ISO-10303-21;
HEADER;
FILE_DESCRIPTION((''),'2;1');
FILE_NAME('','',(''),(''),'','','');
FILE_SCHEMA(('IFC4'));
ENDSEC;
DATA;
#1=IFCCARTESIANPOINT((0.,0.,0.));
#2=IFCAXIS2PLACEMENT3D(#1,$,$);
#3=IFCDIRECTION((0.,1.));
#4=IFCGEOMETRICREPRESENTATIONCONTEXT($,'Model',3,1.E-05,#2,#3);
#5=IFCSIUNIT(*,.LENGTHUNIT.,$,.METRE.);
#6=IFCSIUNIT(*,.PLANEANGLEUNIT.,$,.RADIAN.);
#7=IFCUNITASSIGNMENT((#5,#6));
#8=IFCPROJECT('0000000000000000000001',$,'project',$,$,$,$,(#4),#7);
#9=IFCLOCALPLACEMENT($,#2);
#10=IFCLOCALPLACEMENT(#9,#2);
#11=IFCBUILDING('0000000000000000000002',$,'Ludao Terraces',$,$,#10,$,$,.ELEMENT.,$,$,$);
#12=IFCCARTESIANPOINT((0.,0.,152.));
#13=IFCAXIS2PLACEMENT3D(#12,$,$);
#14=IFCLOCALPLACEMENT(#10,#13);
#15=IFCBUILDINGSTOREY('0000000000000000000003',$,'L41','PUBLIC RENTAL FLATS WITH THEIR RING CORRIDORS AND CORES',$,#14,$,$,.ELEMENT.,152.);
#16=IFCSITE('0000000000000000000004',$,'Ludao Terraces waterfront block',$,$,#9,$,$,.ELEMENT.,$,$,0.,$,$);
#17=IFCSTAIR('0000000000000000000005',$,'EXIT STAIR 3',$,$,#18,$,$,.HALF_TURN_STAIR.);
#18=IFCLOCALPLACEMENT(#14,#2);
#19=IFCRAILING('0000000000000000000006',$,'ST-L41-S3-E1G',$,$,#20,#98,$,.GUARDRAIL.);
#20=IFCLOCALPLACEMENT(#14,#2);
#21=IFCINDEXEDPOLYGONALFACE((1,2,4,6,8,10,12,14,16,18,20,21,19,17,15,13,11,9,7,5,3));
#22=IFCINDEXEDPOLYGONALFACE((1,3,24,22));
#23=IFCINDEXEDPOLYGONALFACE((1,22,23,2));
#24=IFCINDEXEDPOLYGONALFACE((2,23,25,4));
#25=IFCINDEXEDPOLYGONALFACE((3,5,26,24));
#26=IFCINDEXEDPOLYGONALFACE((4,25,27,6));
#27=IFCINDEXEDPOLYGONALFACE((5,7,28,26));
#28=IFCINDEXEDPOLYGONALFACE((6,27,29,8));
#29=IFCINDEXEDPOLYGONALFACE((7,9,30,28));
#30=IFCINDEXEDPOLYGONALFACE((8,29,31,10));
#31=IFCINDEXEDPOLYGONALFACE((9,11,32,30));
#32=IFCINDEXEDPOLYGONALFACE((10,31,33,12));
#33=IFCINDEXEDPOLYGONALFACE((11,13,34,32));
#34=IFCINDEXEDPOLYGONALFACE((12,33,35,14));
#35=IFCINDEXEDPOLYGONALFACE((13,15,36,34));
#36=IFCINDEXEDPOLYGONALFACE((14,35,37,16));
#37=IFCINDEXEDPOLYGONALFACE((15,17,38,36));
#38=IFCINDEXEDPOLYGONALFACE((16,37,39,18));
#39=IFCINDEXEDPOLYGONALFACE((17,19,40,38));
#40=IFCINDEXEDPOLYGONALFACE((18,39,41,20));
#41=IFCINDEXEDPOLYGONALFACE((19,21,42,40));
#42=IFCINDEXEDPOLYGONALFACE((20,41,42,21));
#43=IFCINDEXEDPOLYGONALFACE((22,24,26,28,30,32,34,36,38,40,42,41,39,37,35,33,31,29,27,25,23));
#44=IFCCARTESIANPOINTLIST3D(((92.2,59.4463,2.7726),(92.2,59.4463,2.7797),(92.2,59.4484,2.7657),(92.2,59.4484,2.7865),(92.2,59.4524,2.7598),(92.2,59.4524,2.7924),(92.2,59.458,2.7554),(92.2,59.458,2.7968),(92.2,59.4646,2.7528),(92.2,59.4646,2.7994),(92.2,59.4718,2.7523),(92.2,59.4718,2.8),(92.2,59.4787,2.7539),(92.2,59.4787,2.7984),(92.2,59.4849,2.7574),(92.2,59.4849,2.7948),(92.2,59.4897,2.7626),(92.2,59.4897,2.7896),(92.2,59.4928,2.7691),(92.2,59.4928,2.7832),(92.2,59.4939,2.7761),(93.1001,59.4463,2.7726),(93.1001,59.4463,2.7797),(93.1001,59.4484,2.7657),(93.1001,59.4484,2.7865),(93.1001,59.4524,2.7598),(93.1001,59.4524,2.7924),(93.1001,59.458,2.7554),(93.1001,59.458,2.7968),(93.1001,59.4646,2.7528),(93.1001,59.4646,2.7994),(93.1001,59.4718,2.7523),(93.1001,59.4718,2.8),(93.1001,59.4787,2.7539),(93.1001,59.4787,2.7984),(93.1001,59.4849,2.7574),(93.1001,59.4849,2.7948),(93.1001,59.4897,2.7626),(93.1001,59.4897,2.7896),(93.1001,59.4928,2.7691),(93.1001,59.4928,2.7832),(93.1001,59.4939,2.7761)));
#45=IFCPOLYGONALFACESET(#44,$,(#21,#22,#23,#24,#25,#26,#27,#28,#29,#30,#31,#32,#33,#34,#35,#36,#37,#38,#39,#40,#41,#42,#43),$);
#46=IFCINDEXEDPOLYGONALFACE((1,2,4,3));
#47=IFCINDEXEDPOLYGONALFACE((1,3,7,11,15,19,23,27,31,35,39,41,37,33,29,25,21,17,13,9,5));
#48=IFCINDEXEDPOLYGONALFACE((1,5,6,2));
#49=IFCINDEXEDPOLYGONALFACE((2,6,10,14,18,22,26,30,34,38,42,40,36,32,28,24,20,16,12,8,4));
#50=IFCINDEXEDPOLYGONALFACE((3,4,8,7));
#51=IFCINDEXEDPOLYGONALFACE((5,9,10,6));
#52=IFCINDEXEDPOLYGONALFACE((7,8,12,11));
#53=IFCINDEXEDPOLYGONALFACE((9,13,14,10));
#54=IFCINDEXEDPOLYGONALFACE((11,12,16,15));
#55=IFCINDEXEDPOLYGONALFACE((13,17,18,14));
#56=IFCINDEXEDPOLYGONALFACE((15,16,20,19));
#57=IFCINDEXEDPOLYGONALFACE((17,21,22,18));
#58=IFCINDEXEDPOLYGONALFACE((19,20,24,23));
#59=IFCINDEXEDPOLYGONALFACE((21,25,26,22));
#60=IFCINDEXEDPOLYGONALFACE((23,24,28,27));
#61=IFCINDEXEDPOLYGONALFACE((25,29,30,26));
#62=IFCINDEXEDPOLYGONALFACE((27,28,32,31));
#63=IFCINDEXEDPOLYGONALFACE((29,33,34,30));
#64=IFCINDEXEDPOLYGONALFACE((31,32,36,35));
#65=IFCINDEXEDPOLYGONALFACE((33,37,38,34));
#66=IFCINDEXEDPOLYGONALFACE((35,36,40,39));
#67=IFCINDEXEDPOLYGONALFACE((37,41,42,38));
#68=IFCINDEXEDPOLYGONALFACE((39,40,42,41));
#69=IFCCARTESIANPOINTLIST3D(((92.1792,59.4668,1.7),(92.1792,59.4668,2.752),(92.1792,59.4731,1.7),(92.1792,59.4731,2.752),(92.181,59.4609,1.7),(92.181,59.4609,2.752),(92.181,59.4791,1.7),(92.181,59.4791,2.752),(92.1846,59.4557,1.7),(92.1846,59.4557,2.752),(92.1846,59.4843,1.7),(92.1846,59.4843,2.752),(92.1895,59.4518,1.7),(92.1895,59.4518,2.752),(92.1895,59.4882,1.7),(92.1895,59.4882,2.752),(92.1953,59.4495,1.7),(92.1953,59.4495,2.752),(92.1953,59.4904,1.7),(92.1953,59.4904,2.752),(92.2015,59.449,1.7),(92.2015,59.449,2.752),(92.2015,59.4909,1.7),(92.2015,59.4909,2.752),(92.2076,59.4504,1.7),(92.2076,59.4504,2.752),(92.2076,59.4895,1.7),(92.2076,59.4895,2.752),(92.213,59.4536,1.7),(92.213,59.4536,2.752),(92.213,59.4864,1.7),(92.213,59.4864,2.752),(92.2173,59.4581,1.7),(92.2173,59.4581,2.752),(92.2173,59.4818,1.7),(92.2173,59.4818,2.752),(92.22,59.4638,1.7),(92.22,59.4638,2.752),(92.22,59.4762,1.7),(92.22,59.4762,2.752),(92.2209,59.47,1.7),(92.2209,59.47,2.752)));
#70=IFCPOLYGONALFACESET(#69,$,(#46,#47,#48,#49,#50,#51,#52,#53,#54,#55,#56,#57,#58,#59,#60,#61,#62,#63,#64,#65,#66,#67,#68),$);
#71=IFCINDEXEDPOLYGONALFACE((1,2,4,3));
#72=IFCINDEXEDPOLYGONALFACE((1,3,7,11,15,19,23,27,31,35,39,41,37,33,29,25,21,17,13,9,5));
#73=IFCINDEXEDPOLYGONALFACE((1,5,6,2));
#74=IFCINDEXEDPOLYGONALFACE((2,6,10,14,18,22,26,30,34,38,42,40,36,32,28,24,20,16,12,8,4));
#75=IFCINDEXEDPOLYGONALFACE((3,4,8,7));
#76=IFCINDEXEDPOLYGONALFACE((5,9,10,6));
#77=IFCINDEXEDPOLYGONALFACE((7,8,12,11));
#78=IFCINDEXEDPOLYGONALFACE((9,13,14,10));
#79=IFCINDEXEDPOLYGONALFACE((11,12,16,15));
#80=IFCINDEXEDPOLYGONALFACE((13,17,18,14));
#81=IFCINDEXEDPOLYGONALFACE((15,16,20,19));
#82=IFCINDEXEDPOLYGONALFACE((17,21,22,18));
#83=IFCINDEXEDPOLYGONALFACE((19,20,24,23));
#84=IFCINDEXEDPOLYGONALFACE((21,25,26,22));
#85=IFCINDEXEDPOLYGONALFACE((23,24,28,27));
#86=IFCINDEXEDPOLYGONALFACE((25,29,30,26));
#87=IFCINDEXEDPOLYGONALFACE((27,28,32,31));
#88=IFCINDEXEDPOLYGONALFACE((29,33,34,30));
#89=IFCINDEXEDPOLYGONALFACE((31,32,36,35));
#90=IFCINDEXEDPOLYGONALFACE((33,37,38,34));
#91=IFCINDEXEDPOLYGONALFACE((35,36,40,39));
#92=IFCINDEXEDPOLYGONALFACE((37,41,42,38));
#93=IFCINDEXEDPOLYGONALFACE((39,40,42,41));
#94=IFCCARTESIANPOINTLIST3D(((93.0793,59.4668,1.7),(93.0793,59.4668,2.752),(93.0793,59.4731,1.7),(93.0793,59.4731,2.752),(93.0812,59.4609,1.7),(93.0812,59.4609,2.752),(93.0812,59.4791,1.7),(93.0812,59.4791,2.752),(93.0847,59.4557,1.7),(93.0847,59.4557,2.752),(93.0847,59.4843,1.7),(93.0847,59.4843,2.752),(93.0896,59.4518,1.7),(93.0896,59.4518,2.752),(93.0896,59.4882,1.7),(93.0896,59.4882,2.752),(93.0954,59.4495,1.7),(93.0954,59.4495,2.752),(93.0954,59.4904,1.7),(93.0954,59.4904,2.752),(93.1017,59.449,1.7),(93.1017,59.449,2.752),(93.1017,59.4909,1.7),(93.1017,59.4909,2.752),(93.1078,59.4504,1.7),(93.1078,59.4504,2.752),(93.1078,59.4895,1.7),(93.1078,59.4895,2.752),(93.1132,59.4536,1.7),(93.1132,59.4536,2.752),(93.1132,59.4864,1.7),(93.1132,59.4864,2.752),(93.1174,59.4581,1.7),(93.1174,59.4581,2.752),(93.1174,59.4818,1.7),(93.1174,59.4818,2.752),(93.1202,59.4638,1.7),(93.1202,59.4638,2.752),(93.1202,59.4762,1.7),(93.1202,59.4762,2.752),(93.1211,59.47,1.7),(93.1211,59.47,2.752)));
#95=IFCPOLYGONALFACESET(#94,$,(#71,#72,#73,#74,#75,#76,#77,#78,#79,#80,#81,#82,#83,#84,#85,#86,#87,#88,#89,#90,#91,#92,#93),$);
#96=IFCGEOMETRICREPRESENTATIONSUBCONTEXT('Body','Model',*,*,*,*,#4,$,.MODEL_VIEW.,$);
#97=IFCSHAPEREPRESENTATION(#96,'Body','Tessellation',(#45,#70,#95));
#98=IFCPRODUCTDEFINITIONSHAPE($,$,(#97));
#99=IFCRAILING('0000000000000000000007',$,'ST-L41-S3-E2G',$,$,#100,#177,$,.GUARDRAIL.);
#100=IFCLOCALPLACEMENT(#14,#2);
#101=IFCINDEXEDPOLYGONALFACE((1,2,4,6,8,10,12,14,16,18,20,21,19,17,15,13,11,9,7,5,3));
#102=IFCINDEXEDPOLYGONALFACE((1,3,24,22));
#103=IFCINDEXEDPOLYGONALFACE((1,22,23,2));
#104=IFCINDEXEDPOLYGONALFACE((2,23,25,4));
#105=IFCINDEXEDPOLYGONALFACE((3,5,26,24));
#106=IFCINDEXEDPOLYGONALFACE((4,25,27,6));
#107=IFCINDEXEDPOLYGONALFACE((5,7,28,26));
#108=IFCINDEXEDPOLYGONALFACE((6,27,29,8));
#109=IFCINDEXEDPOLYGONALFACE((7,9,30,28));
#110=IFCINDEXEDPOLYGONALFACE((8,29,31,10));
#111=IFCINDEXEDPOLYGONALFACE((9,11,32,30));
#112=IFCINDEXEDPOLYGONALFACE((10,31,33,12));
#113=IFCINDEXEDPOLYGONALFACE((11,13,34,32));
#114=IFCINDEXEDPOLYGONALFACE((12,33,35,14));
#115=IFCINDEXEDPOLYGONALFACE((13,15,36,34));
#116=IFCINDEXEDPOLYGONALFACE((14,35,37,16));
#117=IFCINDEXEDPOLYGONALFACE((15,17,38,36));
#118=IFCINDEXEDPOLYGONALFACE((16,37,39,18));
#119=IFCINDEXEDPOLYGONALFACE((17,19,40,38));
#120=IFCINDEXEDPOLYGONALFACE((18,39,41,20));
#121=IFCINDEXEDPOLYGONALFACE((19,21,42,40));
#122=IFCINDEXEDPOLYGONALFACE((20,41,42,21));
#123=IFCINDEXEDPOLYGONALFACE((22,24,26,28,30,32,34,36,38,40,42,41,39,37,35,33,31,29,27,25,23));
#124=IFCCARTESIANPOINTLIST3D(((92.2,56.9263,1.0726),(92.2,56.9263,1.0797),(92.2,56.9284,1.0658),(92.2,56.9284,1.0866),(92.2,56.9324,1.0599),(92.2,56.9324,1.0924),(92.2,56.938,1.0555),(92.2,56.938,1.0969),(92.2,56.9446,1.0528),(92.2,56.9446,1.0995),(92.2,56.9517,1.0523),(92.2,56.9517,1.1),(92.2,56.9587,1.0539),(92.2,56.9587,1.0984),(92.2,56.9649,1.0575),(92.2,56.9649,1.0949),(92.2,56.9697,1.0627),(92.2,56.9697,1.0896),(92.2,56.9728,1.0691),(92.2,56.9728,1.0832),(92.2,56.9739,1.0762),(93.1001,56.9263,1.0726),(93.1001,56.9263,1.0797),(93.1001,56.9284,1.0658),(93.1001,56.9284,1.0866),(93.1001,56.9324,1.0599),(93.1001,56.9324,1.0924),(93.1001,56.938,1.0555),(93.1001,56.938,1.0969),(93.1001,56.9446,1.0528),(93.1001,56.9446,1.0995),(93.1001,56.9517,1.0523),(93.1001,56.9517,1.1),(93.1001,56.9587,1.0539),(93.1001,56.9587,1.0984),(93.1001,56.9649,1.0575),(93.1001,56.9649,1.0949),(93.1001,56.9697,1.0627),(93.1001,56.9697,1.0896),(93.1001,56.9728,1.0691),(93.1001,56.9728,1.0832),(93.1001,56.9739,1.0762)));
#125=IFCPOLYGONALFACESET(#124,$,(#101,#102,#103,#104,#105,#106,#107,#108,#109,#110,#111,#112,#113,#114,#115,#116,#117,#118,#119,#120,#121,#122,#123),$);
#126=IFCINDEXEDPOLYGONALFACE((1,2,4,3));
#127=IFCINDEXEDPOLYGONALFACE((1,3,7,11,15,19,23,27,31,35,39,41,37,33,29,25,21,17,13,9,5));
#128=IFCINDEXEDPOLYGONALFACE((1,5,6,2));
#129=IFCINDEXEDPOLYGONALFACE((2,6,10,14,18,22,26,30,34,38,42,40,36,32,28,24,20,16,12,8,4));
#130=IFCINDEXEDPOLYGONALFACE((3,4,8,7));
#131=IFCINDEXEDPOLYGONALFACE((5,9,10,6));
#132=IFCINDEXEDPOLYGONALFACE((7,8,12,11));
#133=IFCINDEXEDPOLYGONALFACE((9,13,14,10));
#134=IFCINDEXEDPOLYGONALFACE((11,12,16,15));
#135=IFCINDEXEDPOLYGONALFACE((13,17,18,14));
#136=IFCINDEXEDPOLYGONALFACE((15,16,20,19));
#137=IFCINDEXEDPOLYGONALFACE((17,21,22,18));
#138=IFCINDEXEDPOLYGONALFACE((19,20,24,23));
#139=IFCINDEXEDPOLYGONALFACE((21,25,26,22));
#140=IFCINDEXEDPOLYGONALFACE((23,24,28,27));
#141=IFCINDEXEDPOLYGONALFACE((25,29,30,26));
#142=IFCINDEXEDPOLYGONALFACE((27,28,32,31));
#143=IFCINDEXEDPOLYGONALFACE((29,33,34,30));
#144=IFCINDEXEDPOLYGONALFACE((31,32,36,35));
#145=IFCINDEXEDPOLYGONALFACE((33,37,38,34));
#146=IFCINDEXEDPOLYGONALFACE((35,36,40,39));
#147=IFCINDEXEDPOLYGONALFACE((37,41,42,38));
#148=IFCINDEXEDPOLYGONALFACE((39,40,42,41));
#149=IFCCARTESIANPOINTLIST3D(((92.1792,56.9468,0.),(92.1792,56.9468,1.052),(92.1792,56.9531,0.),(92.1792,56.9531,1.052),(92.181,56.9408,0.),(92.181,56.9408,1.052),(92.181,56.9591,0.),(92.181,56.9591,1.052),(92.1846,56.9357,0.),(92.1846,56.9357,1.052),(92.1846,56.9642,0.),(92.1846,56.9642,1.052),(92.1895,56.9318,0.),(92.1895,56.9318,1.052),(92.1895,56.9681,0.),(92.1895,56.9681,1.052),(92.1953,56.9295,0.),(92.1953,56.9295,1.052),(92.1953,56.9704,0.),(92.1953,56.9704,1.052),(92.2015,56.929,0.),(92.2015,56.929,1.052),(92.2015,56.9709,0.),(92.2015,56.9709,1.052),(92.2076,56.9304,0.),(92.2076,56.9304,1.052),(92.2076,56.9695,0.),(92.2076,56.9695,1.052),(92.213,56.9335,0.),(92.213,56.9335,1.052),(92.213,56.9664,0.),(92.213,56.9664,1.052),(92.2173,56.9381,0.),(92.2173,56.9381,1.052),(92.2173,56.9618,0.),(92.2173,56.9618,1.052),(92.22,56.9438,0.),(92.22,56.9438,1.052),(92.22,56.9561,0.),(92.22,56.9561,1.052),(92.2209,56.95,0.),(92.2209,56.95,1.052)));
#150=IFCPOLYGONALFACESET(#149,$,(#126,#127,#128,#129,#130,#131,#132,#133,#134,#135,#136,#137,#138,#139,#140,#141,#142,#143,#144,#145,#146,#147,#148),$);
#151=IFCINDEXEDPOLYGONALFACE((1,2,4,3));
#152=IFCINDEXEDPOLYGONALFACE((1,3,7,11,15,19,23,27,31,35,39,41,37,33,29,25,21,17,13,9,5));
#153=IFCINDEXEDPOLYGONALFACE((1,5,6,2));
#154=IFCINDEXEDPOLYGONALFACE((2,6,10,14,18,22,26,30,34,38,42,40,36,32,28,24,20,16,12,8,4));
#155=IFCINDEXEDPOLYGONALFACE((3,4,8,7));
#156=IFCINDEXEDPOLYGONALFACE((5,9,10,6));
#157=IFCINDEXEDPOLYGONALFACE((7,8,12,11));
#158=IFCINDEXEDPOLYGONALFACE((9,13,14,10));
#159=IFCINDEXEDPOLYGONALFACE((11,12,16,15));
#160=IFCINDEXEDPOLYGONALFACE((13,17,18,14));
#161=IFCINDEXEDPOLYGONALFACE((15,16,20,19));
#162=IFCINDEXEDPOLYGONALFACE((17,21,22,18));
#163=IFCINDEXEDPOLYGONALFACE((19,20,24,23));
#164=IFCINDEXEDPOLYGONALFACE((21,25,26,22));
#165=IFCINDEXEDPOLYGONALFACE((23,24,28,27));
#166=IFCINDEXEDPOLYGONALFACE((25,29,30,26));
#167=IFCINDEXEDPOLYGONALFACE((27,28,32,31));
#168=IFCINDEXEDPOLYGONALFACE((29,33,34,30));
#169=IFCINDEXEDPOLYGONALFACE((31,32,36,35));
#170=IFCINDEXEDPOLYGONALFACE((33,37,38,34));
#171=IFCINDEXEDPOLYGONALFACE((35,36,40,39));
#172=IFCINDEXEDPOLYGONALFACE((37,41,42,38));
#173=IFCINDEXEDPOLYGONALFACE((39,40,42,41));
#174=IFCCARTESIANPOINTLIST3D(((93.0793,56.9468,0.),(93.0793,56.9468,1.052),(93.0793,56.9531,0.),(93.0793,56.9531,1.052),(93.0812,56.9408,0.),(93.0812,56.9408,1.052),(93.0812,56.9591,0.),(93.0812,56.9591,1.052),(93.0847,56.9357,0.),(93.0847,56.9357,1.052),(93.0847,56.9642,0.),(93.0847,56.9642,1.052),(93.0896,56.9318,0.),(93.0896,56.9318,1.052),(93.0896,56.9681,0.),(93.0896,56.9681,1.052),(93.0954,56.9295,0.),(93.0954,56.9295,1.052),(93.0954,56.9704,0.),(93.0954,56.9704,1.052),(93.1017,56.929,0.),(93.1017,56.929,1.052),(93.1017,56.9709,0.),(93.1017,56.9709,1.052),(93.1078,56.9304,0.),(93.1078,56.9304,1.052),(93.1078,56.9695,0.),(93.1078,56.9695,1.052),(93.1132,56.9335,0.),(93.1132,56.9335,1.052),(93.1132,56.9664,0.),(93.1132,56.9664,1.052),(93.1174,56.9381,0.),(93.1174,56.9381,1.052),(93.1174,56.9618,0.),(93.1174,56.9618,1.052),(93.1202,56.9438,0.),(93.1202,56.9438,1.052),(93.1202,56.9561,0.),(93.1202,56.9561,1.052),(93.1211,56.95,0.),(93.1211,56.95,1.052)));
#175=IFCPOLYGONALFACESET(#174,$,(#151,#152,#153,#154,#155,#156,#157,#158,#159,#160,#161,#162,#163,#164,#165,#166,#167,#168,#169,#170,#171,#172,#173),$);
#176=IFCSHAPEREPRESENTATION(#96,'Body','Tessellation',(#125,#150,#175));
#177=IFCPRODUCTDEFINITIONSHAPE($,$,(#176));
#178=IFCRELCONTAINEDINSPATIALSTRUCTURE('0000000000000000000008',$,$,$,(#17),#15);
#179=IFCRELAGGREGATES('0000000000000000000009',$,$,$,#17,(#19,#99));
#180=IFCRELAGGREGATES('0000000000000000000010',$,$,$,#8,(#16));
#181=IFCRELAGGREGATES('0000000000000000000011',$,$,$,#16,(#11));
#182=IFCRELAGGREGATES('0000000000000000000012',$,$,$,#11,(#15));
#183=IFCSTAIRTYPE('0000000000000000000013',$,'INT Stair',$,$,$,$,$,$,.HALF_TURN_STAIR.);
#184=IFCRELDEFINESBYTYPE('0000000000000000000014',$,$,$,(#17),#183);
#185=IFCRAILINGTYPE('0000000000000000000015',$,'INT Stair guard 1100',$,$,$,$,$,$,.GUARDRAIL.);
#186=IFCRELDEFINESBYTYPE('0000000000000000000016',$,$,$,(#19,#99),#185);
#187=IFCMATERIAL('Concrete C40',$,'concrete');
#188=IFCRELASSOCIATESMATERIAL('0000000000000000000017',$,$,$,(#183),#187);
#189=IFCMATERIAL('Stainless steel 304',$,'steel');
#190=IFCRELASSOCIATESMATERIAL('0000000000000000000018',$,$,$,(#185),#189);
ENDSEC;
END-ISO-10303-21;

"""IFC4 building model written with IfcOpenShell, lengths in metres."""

from ifc_helpers import new_model, si_unit, direction, frame, origin, origin_2d, place, context, subcontext, project, spatial, circle, extrude, material, type_object, element, aggregate, save


model = new_model("IFC4")

# Units and contexts
model_context = context("Model", 3, precision=1e-05, world=origin(), true_north=direction((0.0, 1.0)))
body_context = subcontext(model_context, "Body", "Model", "MODEL_VIEW")
ifc_project = project(units=[si_unit("LENGTHUNIT", "METRE"), si_unit("PLANEANGLEUNIT", "RADIAN")], contexts=[model_context])

# Site, building, storey
site_placement = place(None, origin())
site = spatial("IfcSite", under=ifc_project, at=site_placement, Name="Ludao Terraces waterfront block", CompositionType="ELEMENT", RefElevation=0.0)
building_placement = place(site_placement, origin())
building = spatial("IfcBuilding", under=site, at=building_placement, Name="Ludao Terraces", CompositionType="ELEMENT")
storey_placement = place(building_placement, frame((0.0, 0.0, 152.0)))
storey = spatial("IfcBuildingStorey", under=building, at=storey_placement, Name="L41", Description="PUBLIC RENTAL FLATS WITH THEIR RING CORRIDORS AND CORES", CompositionType="ELEMENT", Elevation=152.0)

# Shared definitions
ifc_material_1 = material(Name="Concrete C40", Category="concrete")

# Stair, railings
stair_type = type_object("IfcStairType", Name="INT Stair", PredefinedType="HALF_TURN_STAIR", material=ifc_material_1)
stair_placement = place(storey_placement, origin())
stair = element("IfcStair", 1, at=stair_placement, inside=storey, type_object=stair_type, Name="EXIT STAIR 3", PredefinedType="HALF_TURN_STAIR")
ifc_material_2 = material(Name="Stainless steel 304", Category="steel")
railing_type_1 = type_object("IfcRailingType", Name="INT Stair guard 1100", PredefinedType="GUARDRAIL", material=ifc_material_2)
railing_1_placement = place(storey_placement, frame((92.2, 59.47, 1.7)))
railing_1 = element("IfcRailing", 2, at=railing_1_placement, type_object=railing_type_1, Name="ST-L41-S3-E1G", PredefinedType="GUARDRAIL", context=body_context, shape_type="SweptSolid", body=[
    extrude(circle(Radius=0.0239, at=origin_2d()), frame((0.0, 0.0, 1.0762), z_axis=(1.0, 0.0, 0.0), x_axis=(0.0, 1.0, 0.0)), (0.0, 0.0, 1.0), 0.9001),
    extrude(circle(Radius=0.021, at=origin_2d()), origin(), (0.0, 0.0, 1.0), 1.052),
    extrude(circle(Radius=0.021, at=origin_2d()), frame((0.9001, 0.0, 0.0)), (0.0, 0.0, 1.0), 1.052),
])
railing_2_placement = place(storey_placement, frame((92.2, 56.95, 0.0)))
railing_2 = element("IfcRailing", 3, at=railing_2_placement, type_object=railing_type_1, Name="ST-L41-S3-E2G", PredefinedType="GUARDRAIL", context=body_context, shape_type="SweptSolid", body=[
    extrude(circle(Radius=0.0239, at=origin_2d()), frame((0.0, 0.0, 1.0762), z_axis=(1.0, 0.0, 0.0), x_axis=(0.0, 1.0, 0.0)), (0.0, 0.0, 1.0), 0.9001),
    extrude(circle(Radius=0.021, at=origin_2d()), origin(), (0.0, 0.0, 1.0), 1.052),
    extrude(circle(Radius=0.021, at=origin_2d()), frame((0.9001, 0.0, 0.0)), (0.0, 0.0, 1.0), 1.052),
])
aggregate(stair, [railing_1, railing_2])

save(model, "model.ifc")
